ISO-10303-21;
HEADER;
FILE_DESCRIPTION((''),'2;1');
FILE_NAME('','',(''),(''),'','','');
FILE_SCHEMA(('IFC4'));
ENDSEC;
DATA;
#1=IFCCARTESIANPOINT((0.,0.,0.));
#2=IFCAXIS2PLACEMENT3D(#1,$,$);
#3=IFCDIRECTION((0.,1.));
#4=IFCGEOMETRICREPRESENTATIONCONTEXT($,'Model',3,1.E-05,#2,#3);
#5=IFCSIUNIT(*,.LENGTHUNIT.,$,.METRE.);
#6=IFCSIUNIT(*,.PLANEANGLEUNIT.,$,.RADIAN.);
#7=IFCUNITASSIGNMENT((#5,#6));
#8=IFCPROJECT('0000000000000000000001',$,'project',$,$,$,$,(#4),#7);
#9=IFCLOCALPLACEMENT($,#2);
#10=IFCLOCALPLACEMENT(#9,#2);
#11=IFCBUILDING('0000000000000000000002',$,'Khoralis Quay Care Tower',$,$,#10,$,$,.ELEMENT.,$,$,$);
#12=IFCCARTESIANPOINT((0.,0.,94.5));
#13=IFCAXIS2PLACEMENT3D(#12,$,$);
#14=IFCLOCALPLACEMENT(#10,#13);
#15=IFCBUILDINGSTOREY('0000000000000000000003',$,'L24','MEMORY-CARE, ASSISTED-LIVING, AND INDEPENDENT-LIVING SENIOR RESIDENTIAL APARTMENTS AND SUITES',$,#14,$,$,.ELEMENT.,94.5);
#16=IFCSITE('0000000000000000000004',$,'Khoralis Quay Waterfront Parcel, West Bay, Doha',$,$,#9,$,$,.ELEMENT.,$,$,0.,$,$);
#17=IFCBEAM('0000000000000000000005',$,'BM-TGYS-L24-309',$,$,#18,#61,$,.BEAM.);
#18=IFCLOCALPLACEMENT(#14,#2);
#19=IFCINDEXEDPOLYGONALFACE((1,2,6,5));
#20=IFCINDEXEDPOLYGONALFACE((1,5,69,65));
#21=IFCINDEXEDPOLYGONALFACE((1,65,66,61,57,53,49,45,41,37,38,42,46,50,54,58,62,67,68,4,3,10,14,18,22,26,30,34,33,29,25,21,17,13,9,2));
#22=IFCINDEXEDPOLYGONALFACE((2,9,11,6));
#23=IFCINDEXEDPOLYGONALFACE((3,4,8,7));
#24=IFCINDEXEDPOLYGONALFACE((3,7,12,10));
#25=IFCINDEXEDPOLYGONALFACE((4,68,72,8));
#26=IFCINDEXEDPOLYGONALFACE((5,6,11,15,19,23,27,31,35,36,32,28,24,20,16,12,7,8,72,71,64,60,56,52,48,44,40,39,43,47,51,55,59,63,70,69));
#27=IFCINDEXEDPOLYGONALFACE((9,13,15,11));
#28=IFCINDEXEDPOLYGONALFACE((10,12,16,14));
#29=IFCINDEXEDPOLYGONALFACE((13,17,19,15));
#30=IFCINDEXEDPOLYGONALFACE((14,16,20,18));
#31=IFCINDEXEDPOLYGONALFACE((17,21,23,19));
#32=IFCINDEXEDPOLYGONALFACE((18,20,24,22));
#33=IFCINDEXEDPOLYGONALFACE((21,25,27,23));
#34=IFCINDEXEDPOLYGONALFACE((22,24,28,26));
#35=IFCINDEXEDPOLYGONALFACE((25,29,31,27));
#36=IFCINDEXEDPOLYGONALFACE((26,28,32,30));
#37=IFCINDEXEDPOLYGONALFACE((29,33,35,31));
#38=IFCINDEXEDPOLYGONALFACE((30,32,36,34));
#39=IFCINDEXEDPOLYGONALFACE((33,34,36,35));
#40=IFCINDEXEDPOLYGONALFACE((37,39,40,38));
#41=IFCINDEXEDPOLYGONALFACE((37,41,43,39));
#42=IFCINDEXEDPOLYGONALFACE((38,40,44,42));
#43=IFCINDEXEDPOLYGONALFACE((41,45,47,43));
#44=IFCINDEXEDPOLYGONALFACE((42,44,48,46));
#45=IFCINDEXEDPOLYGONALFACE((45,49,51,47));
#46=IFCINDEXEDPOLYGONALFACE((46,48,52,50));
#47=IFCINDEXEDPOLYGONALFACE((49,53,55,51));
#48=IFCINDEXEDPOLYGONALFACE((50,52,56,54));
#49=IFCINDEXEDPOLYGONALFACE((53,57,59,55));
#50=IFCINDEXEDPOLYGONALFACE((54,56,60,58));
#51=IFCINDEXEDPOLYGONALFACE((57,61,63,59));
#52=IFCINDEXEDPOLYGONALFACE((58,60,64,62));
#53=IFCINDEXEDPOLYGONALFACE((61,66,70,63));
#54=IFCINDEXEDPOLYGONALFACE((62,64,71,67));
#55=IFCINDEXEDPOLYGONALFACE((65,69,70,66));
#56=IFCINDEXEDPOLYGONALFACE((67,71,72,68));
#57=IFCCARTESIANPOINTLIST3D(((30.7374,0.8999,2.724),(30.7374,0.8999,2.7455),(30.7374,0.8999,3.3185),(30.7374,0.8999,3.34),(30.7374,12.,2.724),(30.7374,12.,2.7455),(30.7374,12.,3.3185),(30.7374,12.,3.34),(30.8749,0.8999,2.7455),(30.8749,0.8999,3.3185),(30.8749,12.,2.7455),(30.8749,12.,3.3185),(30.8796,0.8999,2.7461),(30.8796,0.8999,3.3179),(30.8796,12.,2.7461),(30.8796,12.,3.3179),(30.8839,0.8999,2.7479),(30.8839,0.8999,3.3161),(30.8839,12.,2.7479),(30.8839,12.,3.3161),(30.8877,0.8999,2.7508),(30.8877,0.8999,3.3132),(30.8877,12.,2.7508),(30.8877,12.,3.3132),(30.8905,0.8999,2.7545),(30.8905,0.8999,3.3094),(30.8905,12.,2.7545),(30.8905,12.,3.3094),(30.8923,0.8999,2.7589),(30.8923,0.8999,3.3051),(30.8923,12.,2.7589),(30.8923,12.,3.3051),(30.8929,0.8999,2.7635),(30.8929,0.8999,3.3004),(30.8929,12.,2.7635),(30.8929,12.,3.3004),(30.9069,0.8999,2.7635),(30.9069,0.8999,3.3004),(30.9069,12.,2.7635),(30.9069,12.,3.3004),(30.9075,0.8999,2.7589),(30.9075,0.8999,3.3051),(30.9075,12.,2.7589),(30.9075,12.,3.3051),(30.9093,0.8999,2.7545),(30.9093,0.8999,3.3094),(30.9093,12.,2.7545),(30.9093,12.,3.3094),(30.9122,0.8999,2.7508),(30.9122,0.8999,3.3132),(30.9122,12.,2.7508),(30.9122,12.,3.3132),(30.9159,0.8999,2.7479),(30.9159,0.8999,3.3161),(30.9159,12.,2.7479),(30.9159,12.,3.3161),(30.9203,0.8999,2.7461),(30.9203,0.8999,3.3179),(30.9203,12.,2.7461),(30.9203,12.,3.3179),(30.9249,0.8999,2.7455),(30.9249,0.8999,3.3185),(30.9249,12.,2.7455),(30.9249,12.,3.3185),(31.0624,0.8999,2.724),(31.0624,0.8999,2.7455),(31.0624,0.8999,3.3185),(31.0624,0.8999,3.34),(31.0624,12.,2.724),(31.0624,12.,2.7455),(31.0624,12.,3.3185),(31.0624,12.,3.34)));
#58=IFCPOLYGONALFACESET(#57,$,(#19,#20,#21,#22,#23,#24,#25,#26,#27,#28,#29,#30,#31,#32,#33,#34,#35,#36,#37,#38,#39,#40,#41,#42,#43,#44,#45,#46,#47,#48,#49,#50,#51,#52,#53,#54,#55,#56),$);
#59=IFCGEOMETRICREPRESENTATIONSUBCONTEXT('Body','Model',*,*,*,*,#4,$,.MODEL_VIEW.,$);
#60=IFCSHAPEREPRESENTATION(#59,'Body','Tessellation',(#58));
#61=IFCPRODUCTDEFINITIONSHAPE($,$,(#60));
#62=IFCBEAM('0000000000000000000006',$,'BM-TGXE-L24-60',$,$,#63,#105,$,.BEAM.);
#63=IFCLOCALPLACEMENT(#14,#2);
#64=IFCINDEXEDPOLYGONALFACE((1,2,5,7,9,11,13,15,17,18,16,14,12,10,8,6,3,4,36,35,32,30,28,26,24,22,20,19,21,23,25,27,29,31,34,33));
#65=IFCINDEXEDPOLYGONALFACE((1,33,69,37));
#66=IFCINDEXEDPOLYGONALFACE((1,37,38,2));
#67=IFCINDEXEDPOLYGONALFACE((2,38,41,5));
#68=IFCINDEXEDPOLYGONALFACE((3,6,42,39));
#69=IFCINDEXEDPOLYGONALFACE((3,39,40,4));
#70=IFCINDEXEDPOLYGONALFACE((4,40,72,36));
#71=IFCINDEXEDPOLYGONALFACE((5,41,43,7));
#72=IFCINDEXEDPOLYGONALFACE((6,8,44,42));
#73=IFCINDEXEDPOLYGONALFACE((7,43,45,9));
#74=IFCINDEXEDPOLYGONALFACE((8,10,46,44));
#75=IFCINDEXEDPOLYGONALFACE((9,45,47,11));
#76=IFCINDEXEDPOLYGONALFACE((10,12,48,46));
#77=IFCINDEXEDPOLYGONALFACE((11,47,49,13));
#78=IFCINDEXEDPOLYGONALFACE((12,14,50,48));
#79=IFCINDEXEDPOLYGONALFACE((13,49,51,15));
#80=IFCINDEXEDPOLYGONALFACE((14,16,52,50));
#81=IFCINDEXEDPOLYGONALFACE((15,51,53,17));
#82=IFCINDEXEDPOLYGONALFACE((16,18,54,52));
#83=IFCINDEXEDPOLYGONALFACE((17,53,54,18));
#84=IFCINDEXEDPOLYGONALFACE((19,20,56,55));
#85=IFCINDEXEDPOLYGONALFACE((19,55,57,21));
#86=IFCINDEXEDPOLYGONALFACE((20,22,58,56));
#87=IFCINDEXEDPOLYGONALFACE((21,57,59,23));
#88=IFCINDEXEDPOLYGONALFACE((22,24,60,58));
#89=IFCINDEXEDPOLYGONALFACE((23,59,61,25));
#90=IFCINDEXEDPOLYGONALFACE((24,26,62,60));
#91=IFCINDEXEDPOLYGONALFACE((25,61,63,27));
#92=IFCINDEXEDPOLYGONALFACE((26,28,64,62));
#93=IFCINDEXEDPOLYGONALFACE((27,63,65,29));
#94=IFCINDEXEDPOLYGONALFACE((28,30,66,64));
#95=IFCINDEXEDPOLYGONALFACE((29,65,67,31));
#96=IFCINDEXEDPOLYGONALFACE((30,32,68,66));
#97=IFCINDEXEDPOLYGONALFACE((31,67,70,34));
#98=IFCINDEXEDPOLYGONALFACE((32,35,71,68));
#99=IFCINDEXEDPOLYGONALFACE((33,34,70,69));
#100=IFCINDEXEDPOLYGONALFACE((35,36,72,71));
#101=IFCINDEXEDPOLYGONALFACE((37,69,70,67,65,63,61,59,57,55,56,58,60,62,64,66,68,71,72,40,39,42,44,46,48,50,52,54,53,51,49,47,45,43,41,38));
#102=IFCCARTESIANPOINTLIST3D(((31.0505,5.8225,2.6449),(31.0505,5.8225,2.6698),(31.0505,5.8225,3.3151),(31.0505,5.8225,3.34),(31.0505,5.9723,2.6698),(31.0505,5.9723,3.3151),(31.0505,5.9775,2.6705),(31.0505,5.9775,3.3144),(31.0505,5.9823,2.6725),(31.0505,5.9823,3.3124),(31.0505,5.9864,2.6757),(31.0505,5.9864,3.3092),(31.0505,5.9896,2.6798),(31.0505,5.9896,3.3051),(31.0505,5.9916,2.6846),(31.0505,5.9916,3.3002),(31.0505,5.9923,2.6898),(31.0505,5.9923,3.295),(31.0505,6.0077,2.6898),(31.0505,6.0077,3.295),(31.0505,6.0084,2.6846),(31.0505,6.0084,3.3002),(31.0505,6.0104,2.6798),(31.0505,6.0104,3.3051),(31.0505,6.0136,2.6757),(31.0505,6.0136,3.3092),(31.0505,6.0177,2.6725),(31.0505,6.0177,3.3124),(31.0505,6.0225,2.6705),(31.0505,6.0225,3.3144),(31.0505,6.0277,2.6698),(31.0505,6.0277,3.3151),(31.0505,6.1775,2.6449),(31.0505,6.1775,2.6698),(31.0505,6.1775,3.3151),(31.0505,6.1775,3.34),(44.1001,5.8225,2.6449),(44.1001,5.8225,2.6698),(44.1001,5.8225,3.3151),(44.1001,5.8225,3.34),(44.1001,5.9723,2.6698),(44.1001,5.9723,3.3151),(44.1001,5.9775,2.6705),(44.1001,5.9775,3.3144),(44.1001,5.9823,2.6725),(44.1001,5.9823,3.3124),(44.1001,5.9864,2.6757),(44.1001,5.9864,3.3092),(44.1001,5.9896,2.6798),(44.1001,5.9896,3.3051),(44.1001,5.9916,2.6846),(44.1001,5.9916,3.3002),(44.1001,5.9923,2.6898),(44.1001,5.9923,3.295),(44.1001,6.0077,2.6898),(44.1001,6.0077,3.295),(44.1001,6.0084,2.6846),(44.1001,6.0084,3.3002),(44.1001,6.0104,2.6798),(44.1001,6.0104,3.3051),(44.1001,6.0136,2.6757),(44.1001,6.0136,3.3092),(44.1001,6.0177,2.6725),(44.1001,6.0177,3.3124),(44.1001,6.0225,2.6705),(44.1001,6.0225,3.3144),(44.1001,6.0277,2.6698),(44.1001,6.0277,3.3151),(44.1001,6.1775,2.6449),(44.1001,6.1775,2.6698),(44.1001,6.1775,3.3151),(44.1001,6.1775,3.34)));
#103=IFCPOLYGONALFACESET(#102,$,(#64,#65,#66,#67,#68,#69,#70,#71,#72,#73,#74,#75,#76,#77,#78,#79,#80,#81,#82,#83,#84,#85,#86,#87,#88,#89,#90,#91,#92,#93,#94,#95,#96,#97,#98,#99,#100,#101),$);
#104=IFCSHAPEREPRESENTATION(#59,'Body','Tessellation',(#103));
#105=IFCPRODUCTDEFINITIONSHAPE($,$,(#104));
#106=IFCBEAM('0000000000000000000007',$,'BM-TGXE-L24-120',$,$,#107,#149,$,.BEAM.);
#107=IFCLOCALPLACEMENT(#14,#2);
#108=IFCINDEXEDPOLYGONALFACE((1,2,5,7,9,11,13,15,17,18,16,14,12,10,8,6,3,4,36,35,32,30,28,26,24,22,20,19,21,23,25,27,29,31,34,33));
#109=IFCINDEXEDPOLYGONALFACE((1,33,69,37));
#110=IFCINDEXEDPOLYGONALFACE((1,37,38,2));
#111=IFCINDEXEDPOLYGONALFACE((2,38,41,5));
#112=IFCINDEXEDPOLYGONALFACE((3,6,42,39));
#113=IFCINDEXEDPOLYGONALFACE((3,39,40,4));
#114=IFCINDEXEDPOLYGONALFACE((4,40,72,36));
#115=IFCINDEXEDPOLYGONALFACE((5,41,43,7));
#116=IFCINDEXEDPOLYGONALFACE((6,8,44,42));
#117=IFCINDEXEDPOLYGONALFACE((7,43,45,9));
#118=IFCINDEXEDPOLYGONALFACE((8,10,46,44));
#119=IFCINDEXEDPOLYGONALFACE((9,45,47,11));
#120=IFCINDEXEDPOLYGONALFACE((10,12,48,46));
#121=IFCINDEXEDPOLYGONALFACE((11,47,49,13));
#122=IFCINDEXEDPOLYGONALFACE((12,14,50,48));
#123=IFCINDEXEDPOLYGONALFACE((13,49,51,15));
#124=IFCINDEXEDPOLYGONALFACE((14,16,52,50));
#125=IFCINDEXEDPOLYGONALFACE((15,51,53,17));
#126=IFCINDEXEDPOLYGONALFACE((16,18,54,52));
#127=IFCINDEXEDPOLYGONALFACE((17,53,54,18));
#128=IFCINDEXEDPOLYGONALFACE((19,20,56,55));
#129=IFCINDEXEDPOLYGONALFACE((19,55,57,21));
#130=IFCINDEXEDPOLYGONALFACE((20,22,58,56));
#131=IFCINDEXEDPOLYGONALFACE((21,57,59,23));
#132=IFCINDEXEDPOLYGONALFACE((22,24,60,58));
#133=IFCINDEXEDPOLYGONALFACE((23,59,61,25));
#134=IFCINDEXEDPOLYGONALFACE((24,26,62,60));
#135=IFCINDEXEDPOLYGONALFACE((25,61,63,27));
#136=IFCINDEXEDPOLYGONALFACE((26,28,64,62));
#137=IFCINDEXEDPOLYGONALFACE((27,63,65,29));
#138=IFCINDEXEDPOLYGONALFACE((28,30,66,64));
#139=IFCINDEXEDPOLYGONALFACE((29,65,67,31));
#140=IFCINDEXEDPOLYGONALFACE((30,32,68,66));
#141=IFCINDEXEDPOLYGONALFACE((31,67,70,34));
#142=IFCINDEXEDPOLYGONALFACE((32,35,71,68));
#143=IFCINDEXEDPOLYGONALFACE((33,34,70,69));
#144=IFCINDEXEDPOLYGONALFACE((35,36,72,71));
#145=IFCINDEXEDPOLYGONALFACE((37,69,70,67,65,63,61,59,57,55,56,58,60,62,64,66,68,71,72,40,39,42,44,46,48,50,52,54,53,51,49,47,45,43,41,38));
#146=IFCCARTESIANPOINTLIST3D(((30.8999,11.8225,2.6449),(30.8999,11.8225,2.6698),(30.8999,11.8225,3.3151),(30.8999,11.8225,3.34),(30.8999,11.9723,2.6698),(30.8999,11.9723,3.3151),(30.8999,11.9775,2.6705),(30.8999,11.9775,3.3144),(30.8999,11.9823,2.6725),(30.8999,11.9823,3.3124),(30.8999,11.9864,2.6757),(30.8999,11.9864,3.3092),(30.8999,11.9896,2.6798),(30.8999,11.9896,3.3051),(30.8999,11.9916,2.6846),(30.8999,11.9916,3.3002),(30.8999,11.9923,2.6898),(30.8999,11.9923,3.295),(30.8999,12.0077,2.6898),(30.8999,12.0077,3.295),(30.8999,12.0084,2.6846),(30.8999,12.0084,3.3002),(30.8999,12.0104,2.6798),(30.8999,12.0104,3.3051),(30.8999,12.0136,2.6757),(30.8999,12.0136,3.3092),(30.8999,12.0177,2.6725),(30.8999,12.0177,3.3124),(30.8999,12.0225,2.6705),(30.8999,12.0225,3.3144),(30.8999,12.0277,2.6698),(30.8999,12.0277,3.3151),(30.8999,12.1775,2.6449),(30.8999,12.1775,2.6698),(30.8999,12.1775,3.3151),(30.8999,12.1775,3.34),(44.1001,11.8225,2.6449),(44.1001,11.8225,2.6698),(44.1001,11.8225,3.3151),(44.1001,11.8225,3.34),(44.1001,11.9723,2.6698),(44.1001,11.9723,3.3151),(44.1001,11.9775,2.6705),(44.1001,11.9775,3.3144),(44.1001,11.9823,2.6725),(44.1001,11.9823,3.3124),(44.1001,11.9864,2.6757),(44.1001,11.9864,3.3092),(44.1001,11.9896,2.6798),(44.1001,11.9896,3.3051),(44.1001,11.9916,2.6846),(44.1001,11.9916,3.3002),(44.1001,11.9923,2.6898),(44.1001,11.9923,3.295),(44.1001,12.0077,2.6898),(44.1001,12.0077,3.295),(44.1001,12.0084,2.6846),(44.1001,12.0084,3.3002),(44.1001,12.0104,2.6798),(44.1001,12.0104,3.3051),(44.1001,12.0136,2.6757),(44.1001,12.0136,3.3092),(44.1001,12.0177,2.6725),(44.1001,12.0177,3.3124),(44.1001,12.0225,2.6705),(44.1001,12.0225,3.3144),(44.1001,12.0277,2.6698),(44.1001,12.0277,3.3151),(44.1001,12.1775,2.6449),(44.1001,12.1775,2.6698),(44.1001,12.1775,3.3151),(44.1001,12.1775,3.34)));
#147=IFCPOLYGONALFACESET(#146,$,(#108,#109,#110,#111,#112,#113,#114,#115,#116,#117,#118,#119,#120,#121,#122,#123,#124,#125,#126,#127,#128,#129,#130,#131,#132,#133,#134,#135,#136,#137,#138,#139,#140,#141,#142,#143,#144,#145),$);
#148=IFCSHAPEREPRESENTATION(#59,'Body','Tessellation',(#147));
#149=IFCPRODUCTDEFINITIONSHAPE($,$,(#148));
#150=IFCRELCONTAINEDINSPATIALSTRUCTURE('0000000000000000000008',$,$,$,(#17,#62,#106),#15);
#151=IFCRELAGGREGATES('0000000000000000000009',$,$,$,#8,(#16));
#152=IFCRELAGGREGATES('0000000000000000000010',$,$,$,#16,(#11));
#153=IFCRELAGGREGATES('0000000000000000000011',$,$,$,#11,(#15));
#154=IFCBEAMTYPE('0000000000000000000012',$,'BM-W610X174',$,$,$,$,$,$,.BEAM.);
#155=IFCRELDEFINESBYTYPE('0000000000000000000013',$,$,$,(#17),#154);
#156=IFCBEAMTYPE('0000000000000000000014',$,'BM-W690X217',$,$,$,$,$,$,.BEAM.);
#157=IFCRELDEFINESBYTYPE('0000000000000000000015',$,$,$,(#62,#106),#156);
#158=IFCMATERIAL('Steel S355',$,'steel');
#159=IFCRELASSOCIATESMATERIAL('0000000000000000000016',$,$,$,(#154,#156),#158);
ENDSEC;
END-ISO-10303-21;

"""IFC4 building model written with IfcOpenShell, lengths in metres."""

from ifc_helpers import new_model, si_unit, direction, frame, origin, origin_2d, place, context, subcontext, project, spatial, i_section, extrude, source, transform, mapped, material, material_profile, profile_set, type_object, element, save


model = new_model("IFC4")

# Units and contexts
model_context = context("Model", 3, precision=1e-05, world=origin(), true_north=direction((0.0, 1.0)))
body_context = subcontext(model_context, "Body", "Model", "MODEL_VIEW")
ifc_project = project(units=[si_unit("LENGTHUNIT", "METRE"), si_unit("PLANEANGLEUNIT", "RADIAN")], contexts=[model_context])

# Site, building, storey
site_placement = place(None, origin())
site = spatial("IfcSite", under=ifc_project, at=site_placement, Name="Khoralis Quay Waterfront Parcel, West Bay, Doha", CompositionType="ELEMENT", RefElevation=0.0)
building_placement = place(site_placement, origin())
building = spatial("IfcBuilding", under=site, at=building_placement, Name="Khoralis Quay Care Tower", CompositionType="ELEMENT")
storey_placement = place(building_placement, frame((0.0, 0.0, 94.5)))
storey = spatial("IfcBuildingStorey", under=building, at=storey_placement, Name="L24", Description="MEMORY-CARE, ASSISTED-LIVING, AND INDEPENDENT-LIVING SENIOR RESIDENTIAL APARTMENTS AND SUITES", CompositionType="ELEMENT", Elevation=94.5)

# Beams
ifc_material_1 = material(Name="Steel S355", Category="steel")
ifc_material_profile_1 = material_profile(ifc_material_1, i_section(OverallWidth=0.325, OverallDepth=0.616, WebThickness=0.0139, FlangeThickness=0.0215, FilletRadius=0.0181, at=origin_2d()), Name="Steel S355")
ifc_profile_set_1 = profile_set([ifc_material_profile_1], Name="Steel S355")
beam_type_1 = type_object("IfcBeamType", Name="BM-W610X174", PredefinedType="BEAM", material=ifc_profile_set_1)
shared_shape_1 = source(origin(), body_context, "Body", "SweptSolid", [
    extrude(i_section(OverallWidth=0.325, OverallDepth=0.616, WebThickness=0.0139, FlangeThickness=0.0215, FilletRadius=0.0181, at=origin_2d()), origin(), (0.0, 0.0, 1.0), 11.1001),
])
for number, where, z_axis, x_axis, name in (
    (1, (30.8999, 0.8999, 3.032), (0.0, 1.0, 0.0), (-1.0, 0.0, 0.0), "BM-TGYS-L24-309"),
):
    element("IfcBeam", number, at=place(storey_placement, frame(where, z_axis=z_axis, x_axis=x_axis)), inside=storey, type_object=beam_type_1, Name=name, PredefinedType="BEAM", context=body_context, shape_type="MappedRepresentation", body=[
        mapped(shared_shape_1, transform((0.0, 0.0, 0.0), scale=1.0)),
    ])
ifc_material_profile_2 = material_profile(ifc_material_1, i_section(OverallWidth=0.355, OverallDepth=0.6951, WebThickness=0.0154, FlangeThickness=0.0249, FilletRadius=0.02, at=origin_2d()), Name="Steel S355")
ifc_profile_set_2 = profile_set([ifc_material_profile_2], Name="Steel S355")
beam_type_2 = type_object("IfcBeamType", Name="BM-W690X217", PredefinedType="BEAM", material=ifc_profile_set_2)
shared_shape_2 = source(origin(), body_context, "Body", "SweptSolid", [
    extrude(i_section(OverallWidth=0.355, OverallDepth=0.6951, WebThickness=0.0154, FlangeThickness=0.0249, FilletRadius=0.02, at=origin_2d()), origin(), (0.0, 0.0, 1.0), 13.0496),
])
beam_1_placement = place(storey_placement, frame((31.0505, 6.0, 2.9924), z_axis=(1.0, 0.0, 0.0), x_axis=(0.0, 1.0, 0.0)))
element("IfcBeam", 2, at=beam_1_placement, inside=storey, type_object=beam_type_2, Name="BM-TGXE-L24-60", PredefinedType="BEAM", context=body_context, shape_type="MappedRepresentation", body=[
    mapped(shared_shape_2, transform((0.0, 0.0, 0.0), scale=1.0)),
])
shared_shape_3 = source(origin(), body_context, "Body", "SweptSolid", [
    extrude(i_section(OverallWidth=0.355, OverallDepth=0.6951, WebThickness=0.0154, FlangeThickness=0.0249, FilletRadius=0.02, at=origin_2d()), origin(), (0.0, 0.0, 1.0), 13.2002),
])
beam_2_placement = place(storey_placement, frame((30.8999, 12.0, 2.9924), z_axis=(1.0, 0.0, 0.0), x_axis=(0.0, 1.0, 0.0)))
element("IfcBeam", 3, at=beam_2_placement, inside=storey, type_object=beam_type_2, Name="BM-TGXE-L24-120", PredefinedType="BEAM", context=body_context, shape_type="MappedRepresentation", body=[
    mapped(shared_shape_3, transform((0.0, 0.0, 0.0), scale=1.0)),
])

save(model, "model.ifc")
